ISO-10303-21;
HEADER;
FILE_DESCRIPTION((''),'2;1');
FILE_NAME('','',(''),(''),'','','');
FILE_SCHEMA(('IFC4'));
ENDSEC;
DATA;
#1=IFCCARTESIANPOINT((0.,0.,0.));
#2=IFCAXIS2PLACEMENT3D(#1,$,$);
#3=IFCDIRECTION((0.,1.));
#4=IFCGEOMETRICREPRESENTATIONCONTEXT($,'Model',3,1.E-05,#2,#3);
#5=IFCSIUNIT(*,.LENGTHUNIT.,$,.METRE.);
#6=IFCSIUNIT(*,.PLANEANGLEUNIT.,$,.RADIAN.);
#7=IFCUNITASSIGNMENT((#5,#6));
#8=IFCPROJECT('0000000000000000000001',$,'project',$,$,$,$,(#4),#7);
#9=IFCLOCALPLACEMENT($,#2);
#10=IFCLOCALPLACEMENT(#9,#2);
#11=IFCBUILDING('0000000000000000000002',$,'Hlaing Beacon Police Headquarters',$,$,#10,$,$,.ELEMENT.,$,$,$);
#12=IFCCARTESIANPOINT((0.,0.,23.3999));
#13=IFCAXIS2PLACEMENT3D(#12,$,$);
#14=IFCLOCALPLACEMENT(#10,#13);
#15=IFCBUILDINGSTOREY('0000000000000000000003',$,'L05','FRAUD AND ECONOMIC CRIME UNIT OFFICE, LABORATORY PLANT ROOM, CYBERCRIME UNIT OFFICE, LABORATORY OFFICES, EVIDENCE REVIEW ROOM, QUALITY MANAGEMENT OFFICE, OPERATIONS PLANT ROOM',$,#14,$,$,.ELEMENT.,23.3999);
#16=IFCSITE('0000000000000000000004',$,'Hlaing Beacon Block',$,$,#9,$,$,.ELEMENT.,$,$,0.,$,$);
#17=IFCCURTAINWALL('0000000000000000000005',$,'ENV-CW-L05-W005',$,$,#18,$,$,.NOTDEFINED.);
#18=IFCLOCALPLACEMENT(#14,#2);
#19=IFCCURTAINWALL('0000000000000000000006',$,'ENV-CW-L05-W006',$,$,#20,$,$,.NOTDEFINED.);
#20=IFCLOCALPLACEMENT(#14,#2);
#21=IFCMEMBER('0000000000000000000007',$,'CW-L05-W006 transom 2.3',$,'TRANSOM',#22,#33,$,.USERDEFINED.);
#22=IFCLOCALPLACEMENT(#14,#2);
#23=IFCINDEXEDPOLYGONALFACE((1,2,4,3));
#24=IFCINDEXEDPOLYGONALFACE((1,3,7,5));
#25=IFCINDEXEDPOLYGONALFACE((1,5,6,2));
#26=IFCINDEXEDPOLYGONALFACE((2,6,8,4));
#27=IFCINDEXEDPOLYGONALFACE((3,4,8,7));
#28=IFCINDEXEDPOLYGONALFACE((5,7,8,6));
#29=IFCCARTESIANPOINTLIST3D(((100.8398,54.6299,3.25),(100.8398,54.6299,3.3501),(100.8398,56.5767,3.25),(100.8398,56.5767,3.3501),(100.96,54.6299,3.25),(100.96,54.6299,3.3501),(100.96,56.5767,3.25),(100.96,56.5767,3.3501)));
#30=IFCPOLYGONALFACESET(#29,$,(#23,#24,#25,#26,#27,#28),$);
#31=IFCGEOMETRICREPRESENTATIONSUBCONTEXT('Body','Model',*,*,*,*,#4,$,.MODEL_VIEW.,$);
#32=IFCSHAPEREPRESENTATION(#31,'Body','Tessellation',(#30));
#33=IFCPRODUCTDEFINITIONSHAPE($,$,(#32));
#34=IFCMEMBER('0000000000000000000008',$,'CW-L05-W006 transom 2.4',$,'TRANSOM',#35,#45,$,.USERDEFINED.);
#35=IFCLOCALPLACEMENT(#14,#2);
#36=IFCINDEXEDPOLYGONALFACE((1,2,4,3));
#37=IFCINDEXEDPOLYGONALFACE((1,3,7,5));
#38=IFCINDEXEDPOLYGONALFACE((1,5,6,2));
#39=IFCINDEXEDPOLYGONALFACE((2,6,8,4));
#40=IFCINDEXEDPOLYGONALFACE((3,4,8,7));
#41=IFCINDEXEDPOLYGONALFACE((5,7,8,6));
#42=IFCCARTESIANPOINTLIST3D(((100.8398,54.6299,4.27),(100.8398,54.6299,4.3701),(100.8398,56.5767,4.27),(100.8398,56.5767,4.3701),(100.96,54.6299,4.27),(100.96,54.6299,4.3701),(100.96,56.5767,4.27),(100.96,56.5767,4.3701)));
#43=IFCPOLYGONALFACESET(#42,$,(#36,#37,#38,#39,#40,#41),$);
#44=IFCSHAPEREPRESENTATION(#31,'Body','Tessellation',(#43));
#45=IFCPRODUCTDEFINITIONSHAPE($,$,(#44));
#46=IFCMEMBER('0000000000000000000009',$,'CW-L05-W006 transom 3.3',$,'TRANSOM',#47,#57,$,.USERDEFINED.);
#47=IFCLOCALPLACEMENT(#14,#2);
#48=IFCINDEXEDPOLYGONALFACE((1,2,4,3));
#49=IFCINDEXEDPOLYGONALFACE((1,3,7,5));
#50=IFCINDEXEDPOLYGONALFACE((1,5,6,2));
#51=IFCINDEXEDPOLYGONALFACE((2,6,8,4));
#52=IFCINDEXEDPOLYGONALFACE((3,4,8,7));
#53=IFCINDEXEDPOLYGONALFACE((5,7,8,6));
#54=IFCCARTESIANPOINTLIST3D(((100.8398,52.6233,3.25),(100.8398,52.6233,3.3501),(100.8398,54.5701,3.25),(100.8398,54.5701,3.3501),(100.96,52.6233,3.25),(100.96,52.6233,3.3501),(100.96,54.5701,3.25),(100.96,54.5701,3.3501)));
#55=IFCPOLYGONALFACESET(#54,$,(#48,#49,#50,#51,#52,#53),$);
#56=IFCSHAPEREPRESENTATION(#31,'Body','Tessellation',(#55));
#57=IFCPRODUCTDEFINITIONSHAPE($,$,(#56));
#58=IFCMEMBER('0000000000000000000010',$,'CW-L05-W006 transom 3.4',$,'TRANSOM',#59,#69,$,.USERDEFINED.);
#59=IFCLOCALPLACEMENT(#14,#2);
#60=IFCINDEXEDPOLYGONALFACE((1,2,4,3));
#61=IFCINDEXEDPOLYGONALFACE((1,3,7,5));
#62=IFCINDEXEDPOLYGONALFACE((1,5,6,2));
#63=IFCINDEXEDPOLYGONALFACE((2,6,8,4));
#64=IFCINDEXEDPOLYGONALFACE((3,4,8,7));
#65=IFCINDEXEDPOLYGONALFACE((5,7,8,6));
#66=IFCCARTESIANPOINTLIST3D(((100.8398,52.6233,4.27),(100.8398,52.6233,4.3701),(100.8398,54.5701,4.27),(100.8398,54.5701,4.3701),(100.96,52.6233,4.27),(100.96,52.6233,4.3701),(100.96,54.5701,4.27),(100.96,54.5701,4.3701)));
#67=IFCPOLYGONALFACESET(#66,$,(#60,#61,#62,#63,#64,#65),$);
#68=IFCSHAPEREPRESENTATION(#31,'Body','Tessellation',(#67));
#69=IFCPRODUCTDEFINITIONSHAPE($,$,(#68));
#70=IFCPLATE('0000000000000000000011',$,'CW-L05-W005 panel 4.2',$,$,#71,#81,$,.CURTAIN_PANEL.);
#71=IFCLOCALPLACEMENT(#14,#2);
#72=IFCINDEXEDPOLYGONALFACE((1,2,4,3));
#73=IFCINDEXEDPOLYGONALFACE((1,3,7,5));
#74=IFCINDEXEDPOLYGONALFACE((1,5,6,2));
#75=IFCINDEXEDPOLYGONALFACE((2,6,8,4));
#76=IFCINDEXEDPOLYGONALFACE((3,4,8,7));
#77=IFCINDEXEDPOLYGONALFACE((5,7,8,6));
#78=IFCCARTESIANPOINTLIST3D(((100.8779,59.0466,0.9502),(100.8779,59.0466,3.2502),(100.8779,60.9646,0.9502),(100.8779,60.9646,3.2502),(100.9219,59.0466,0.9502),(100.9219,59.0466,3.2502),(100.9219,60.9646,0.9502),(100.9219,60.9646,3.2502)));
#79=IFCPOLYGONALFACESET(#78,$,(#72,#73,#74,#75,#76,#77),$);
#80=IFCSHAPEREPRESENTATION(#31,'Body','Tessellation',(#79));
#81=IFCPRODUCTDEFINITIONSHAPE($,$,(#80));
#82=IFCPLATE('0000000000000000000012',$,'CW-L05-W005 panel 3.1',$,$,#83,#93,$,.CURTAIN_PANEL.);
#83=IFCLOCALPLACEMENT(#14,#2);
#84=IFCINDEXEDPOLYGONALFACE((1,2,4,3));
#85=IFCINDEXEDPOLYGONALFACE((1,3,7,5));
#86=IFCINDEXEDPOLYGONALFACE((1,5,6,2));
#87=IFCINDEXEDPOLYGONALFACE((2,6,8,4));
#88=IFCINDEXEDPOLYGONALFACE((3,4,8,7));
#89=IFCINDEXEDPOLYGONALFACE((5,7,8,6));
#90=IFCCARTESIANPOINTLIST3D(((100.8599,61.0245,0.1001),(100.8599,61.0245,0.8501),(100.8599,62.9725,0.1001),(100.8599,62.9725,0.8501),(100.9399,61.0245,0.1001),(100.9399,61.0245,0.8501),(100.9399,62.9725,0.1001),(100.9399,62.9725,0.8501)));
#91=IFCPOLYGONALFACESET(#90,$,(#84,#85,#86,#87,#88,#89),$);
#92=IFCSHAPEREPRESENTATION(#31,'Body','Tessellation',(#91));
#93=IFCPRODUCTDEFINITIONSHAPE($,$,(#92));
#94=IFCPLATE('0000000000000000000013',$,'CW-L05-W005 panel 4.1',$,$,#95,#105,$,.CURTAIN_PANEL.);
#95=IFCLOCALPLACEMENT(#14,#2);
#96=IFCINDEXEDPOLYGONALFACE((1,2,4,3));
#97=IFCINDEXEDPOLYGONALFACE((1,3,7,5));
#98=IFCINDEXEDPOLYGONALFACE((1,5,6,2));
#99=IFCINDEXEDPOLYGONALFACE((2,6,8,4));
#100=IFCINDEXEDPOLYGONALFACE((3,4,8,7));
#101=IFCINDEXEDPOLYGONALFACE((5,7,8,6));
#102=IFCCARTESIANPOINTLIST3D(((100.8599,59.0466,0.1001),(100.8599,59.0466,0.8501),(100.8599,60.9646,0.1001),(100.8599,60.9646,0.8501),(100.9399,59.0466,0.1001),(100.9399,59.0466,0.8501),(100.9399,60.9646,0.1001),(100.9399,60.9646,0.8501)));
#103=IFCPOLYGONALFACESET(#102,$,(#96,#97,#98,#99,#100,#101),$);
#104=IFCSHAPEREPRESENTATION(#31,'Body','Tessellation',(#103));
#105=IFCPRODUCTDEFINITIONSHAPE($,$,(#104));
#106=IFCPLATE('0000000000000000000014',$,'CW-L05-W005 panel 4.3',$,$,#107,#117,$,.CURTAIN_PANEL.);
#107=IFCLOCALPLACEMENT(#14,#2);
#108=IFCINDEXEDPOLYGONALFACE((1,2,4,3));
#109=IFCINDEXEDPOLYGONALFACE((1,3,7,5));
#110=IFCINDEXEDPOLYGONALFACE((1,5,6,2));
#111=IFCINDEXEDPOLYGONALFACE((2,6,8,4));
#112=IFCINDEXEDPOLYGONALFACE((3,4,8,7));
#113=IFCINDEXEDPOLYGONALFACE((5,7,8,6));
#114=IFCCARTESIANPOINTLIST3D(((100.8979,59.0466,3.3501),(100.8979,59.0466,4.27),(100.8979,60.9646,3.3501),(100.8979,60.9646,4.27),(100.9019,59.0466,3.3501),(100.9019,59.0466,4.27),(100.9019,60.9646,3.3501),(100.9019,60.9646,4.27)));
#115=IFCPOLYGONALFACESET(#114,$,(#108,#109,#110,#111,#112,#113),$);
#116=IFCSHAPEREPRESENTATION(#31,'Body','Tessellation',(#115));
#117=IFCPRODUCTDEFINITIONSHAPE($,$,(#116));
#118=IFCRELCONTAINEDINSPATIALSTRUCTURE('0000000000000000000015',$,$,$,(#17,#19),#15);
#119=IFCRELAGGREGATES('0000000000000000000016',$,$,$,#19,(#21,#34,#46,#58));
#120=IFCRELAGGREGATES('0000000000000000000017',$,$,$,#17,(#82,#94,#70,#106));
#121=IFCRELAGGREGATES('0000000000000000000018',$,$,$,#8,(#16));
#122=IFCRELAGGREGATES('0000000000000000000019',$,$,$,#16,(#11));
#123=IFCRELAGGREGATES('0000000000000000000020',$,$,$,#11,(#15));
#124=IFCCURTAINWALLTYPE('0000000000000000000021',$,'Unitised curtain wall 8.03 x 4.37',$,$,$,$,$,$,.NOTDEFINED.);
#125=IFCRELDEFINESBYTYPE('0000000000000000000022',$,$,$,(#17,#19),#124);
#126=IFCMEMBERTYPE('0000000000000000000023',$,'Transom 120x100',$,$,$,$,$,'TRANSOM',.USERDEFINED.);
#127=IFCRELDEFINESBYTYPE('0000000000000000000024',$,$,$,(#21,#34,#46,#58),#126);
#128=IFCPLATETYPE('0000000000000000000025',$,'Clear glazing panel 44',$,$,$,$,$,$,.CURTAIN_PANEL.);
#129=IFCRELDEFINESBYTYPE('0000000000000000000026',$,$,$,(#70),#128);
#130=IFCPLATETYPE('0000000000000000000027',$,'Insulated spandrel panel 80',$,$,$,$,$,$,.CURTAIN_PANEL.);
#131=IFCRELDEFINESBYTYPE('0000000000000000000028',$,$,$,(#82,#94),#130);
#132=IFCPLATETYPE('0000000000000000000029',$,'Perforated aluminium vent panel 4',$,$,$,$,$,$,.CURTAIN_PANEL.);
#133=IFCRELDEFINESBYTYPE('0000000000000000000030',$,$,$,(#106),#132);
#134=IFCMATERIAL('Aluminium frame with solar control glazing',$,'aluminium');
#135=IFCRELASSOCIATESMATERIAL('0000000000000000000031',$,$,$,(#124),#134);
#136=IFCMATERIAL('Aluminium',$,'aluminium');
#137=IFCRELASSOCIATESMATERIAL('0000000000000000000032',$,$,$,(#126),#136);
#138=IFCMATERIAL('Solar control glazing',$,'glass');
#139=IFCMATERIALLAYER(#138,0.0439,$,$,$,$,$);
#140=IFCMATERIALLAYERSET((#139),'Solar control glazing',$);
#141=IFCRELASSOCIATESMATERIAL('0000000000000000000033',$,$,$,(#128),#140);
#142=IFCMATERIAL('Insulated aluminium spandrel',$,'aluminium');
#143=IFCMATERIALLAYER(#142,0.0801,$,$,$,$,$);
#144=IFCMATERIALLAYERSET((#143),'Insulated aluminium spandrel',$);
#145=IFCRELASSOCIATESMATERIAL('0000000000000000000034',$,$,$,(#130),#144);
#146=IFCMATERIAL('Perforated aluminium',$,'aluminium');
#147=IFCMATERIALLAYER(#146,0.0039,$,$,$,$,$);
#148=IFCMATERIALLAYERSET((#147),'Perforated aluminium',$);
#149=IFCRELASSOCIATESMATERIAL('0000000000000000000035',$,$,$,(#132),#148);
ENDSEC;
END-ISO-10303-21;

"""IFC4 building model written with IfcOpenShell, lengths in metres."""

from ifc_helpers import new_model, si_unit, direction, frame, origin, origin_2d, place, context, subcontext, project, spatial, rectangle, extrude, material, layer, layer_set, material_profile, profile_set, type_object, element, aggregate, save


model = new_model("IFC4")

# Units and contexts
model_context = context("Model", 3, precision=1e-05, world=origin(), true_north=direction((0.0, 1.0)))
body_context = subcontext(model_context, "Body", "Model", "MODEL_VIEW")
ifc_project = project(units=[si_unit("LENGTHUNIT", "METRE"), si_unit("PLANEANGLEUNIT", "RADIAN")], contexts=[model_context])

# Site, building, storey
site_placement = place(None, origin())
site = spatial("IfcSite", under=ifc_project, at=site_placement, Name="Hlaing Beacon Block", CompositionType="ELEMENT", RefElevation=0.0)
building_placement = place(site_placement, origin())
building = spatial("IfcBuilding", under=site, at=building_placement, Name="Hlaing Beacon Police Headquarters", CompositionType="ELEMENT")
storey_placement = place(building_placement, frame((0.0, 0.0, 23.3999)))
storey = spatial("IfcBuildingStorey", under=building, at=storey_placement, Name="L05", Description="FRAUD AND ECONOMIC CRIME UNIT OFFICE, LABORATORY PLANT ROOM, CYBERCRIME UNIT OFFICE, LABORATORY OFFICES, EVIDENCE REVIEW ROOM, QUALITY MANAGEMENT OFFICE, OPERATIONS PLANT ROOM", CompositionType="ELEMENT", Elevation=23.3999)

# Curtain walls
ifc_material_1 = material(Name="Aluminium frame with solar control glazing", Category="aluminium")
curtain_wall_type = type_object("IfcCurtainWallType", Name="Unitised curtain wall 8.03 x 4.37", PredefinedType="NOTDEFINED", material=ifc_material_1)
curtain_wall_1_placement = place(storey_placement, origin())
curtain_wall_1 = element("IfcCurtainWall", 1, at=curtain_wall_1_placement, inside=storey, type_object=curtain_wall_type, Name="ENV-CW-L05-W005", PredefinedType="NOTDEFINED")
curtain_wall_2_placement = place(storey_placement, origin())
curtain_wall_2 = element("IfcCurtainWall", 2, at=curtain_wall_2_placement, inside=storey, type_object=curtain_wall_type, Name="ENV-CW-L05-W006", PredefinedType="NOTDEFINED")

# Members
ifc_material_2 = material(Name="Aluminium", Category="aluminium")
ifc_material_profile_1 = material_profile(ifc_material_2, rectangle(XDim=0.1201, YDim=0.1001, at=origin_2d()), Name="Transom 120x100")
ifc_profile_set_1 = profile_set([ifc_material_profile_1], Name="Aluminium")
member_type_1 = type_object("IfcMemberType", Name="Transom 120x100", ElementType="TRANSOM", PredefinedType="USERDEFINED", material=ifc_profile_set_1)
member_1_placement = place(storey_placement, frame((100.8999, 56.5767, 3.3), z_axis=(0.0, -1.0, 0.0), x_axis=(1.0, 0.0, 0.0)))
member_1 = element("IfcMember", 3, at=member_1_placement, type_object=member_type_1, Name="CW-L05-W006 transom 2.3", ObjectType="TRANSOM", PredefinedType="USERDEFINED", context=body_context, shape_type="SweptSolid", body=[
    extrude(rectangle(XDim=0.1201, YDim=0.1001, at=origin_2d()), origin(), (0.0, 0.0, 1.0), 1.9468),
])
member_2_placement = place(storey_placement, frame((100.8999, 56.5767, 4.3201), z_axis=(0.0, -1.0, 0.0), x_axis=(1.0, 0.0, 0.0)))
member_2 = element("IfcMember", 4, at=member_2_placement, type_object=member_type_1, Name="CW-L05-W006 transom 2.4", ObjectType="TRANSOM", PredefinedType="USERDEFINED", context=body_context, shape_type="SweptSolid", body=[
    extrude(rectangle(XDim=0.1201, YDim=0.1001, at=origin_2d()), origin(), (0.0, 0.0, 1.0), 1.9468),
])
member_3_placement = place(storey_placement, frame((100.8999, 54.5701, 3.3), z_axis=(0.0, -1.0, 0.0), x_axis=(1.0, 0.0, 0.0)))
member_3 = element("IfcMember", 5, at=member_3_placement, type_object=member_type_1, Name="CW-L05-W006 transom 3.3", ObjectType="TRANSOM", PredefinedType="USERDEFINED", context=body_context, shape_type="SweptSolid", body=[
    extrude(rectangle(XDim=0.1201, YDim=0.1001, at=origin_2d()), origin(), (0.0, 0.0, 1.0), 1.9468),
])
member_4_placement = place(storey_placement, frame((100.8999, 54.5701, 4.3201), z_axis=(0.0, -1.0, 0.0), x_axis=(1.0, 0.0, 0.0)))
member_4 = element("IfcMember", 6, at=member_4_placement, type_object=member_type_1, Name="CW-L05-W006 transom 3.4", ObjectType="TRANSOM", PredefinedType="USERDEFINED", context=body_context, shape_type="SweptSolid", body=[
    extrude(rectangle(XDim=0.1201, YDim=0.1001, at=origin_2d()), origin(), (0.0, 0.0, 1.0), 1.9468),
])
aggregate(curtain_wall_2, [member_1, member_2, member_3, member_4])

# Plates
ifc_material_3 = material(Name="Solar control glazing", Category="glass")
ifc_layer_1 = layer(ifc_material_3, 0.0439)
ifc_layer_set_1 = layer_set([ifc_layer_1], Name="Solar control glazing")
plate_type_1 = type_object("IfcPlateType", Name="Clear glazing panel 44", PredefinedType="CURTAIN_PANEL", material=ifc_layer_set_1)
plate_1_placement = place(storey_placement, frame((100.8999, 60.0056, 0.9502), z_axis=(0.0, 0.0, 1.0), x_axis=(0.0, -1.0, 0.0)))
plate_1 = element("IfcPlate", 7, at=plate_1_placement, type_object=plate_type_1, Name="CW-L05-W005 panel 4.2", PredefinedType="CURTAIN_PANEL", context=body_context, shape_type="SweptSolid", body=[
    extrude(rectangle(XDim=1.918, YDim=0.0439, at=origin_2d()), origin(), (0.0, 0.0, 1.0), 2.3),
])
ifc_material_4 = material(Name="Insulated aluminium spandrel", Category="aluminium")
ifc_layer_2 = layer(ifc_material_4, 0.0801)
ifc_layer_set_2 = layer_set([ifc_layer_2], Name="Insulated aluminium spandrel")
plate_type_2 = type_object("IfcPlateType", Name="Insulated spandrel panel 80", PredefinedType="CURTAIN_PANEL", material=ifc_layer_set_2)
plate_2_placement = place(storey_placement, frame((100.8999, 61.9985, 0.1001), z_axis=(0.0, 0.0, 1.0), x_axis=(0.0, -1.0, 0.0)))
plate_2 = element("IfcPlate", 8, at=plate_2_placement, type_object=plate_type_2, Name="CW-L05-W005 panel 3.1", PredefinedType="CURTAIN_PANEL", context=body_context, shape_type="SweptSolid", body=[
    extrude(rectangle(XDim=1.948, YDim=0.0801, at=origin_2d()), origin(), (0.0, 0.0, 1.0), 0.75),
])
plate_3_placement = place(storey_placement, frame((100.8999, 60.0056, 0.1001), z_axis=(0.0, 0.0, 1.0), x_axis=(0.0, -1.0, 0.0)))
plate_3 = element("IfcPlate", 9, at=plate_3_placement, type_object=plate_type_2, Name="CW-L05-W005 panel 4.1", PredefinedType="CURTAIN_PANEL", context=body_context, shape_type="SweptSolid", body=[
    extrude(rectangle(XDim=1.918, YDim=0.0801, at=origin_2d()), origin(), (0.0, 0.0, 1.0), 0.75),
])
ifc_material_5 = material(Name="Perforated aluminium", Category="aluminium")
ifc_layer_3 = layer(ifc_material_5, 0.0039)
ifc_layer_set_3 = layer_set([ifc_layer_3], Name="Perforated aluminium")
plate_type_3 = type_object("IfcPlateType", Name="Perforated aluminium vent panel 4", PredefinedType="CURTAIN_PANEL", material=ifc_layer_set_3)
plate_4_placement = place(storey_placement, frame((100.8999, 60.0056, 3.3501), z_axis=(0.0, 0.0, 1.0), x_axis=(0.0, -1.0, 0.0)))
plate_4 = element("IfcPlate", 10, at=plate_4_placement, type_object=plate_type_3, Name="CW-L05-W005 panel 4.3", PredefinedType="CURTAIN_PANEL", context=body_context, shape_type="SweptSolid", body=[
    extrude(rectangle(XDim=1.918, YDim=0.0039, at=origin_2d()), origin(), (0.0, 0.0, 1.0), 0.9199),
])
aggregate(curtain_wall_1, [plate_2, plate_3, plate_1, plate_4])

save(model, "model.ifc")
